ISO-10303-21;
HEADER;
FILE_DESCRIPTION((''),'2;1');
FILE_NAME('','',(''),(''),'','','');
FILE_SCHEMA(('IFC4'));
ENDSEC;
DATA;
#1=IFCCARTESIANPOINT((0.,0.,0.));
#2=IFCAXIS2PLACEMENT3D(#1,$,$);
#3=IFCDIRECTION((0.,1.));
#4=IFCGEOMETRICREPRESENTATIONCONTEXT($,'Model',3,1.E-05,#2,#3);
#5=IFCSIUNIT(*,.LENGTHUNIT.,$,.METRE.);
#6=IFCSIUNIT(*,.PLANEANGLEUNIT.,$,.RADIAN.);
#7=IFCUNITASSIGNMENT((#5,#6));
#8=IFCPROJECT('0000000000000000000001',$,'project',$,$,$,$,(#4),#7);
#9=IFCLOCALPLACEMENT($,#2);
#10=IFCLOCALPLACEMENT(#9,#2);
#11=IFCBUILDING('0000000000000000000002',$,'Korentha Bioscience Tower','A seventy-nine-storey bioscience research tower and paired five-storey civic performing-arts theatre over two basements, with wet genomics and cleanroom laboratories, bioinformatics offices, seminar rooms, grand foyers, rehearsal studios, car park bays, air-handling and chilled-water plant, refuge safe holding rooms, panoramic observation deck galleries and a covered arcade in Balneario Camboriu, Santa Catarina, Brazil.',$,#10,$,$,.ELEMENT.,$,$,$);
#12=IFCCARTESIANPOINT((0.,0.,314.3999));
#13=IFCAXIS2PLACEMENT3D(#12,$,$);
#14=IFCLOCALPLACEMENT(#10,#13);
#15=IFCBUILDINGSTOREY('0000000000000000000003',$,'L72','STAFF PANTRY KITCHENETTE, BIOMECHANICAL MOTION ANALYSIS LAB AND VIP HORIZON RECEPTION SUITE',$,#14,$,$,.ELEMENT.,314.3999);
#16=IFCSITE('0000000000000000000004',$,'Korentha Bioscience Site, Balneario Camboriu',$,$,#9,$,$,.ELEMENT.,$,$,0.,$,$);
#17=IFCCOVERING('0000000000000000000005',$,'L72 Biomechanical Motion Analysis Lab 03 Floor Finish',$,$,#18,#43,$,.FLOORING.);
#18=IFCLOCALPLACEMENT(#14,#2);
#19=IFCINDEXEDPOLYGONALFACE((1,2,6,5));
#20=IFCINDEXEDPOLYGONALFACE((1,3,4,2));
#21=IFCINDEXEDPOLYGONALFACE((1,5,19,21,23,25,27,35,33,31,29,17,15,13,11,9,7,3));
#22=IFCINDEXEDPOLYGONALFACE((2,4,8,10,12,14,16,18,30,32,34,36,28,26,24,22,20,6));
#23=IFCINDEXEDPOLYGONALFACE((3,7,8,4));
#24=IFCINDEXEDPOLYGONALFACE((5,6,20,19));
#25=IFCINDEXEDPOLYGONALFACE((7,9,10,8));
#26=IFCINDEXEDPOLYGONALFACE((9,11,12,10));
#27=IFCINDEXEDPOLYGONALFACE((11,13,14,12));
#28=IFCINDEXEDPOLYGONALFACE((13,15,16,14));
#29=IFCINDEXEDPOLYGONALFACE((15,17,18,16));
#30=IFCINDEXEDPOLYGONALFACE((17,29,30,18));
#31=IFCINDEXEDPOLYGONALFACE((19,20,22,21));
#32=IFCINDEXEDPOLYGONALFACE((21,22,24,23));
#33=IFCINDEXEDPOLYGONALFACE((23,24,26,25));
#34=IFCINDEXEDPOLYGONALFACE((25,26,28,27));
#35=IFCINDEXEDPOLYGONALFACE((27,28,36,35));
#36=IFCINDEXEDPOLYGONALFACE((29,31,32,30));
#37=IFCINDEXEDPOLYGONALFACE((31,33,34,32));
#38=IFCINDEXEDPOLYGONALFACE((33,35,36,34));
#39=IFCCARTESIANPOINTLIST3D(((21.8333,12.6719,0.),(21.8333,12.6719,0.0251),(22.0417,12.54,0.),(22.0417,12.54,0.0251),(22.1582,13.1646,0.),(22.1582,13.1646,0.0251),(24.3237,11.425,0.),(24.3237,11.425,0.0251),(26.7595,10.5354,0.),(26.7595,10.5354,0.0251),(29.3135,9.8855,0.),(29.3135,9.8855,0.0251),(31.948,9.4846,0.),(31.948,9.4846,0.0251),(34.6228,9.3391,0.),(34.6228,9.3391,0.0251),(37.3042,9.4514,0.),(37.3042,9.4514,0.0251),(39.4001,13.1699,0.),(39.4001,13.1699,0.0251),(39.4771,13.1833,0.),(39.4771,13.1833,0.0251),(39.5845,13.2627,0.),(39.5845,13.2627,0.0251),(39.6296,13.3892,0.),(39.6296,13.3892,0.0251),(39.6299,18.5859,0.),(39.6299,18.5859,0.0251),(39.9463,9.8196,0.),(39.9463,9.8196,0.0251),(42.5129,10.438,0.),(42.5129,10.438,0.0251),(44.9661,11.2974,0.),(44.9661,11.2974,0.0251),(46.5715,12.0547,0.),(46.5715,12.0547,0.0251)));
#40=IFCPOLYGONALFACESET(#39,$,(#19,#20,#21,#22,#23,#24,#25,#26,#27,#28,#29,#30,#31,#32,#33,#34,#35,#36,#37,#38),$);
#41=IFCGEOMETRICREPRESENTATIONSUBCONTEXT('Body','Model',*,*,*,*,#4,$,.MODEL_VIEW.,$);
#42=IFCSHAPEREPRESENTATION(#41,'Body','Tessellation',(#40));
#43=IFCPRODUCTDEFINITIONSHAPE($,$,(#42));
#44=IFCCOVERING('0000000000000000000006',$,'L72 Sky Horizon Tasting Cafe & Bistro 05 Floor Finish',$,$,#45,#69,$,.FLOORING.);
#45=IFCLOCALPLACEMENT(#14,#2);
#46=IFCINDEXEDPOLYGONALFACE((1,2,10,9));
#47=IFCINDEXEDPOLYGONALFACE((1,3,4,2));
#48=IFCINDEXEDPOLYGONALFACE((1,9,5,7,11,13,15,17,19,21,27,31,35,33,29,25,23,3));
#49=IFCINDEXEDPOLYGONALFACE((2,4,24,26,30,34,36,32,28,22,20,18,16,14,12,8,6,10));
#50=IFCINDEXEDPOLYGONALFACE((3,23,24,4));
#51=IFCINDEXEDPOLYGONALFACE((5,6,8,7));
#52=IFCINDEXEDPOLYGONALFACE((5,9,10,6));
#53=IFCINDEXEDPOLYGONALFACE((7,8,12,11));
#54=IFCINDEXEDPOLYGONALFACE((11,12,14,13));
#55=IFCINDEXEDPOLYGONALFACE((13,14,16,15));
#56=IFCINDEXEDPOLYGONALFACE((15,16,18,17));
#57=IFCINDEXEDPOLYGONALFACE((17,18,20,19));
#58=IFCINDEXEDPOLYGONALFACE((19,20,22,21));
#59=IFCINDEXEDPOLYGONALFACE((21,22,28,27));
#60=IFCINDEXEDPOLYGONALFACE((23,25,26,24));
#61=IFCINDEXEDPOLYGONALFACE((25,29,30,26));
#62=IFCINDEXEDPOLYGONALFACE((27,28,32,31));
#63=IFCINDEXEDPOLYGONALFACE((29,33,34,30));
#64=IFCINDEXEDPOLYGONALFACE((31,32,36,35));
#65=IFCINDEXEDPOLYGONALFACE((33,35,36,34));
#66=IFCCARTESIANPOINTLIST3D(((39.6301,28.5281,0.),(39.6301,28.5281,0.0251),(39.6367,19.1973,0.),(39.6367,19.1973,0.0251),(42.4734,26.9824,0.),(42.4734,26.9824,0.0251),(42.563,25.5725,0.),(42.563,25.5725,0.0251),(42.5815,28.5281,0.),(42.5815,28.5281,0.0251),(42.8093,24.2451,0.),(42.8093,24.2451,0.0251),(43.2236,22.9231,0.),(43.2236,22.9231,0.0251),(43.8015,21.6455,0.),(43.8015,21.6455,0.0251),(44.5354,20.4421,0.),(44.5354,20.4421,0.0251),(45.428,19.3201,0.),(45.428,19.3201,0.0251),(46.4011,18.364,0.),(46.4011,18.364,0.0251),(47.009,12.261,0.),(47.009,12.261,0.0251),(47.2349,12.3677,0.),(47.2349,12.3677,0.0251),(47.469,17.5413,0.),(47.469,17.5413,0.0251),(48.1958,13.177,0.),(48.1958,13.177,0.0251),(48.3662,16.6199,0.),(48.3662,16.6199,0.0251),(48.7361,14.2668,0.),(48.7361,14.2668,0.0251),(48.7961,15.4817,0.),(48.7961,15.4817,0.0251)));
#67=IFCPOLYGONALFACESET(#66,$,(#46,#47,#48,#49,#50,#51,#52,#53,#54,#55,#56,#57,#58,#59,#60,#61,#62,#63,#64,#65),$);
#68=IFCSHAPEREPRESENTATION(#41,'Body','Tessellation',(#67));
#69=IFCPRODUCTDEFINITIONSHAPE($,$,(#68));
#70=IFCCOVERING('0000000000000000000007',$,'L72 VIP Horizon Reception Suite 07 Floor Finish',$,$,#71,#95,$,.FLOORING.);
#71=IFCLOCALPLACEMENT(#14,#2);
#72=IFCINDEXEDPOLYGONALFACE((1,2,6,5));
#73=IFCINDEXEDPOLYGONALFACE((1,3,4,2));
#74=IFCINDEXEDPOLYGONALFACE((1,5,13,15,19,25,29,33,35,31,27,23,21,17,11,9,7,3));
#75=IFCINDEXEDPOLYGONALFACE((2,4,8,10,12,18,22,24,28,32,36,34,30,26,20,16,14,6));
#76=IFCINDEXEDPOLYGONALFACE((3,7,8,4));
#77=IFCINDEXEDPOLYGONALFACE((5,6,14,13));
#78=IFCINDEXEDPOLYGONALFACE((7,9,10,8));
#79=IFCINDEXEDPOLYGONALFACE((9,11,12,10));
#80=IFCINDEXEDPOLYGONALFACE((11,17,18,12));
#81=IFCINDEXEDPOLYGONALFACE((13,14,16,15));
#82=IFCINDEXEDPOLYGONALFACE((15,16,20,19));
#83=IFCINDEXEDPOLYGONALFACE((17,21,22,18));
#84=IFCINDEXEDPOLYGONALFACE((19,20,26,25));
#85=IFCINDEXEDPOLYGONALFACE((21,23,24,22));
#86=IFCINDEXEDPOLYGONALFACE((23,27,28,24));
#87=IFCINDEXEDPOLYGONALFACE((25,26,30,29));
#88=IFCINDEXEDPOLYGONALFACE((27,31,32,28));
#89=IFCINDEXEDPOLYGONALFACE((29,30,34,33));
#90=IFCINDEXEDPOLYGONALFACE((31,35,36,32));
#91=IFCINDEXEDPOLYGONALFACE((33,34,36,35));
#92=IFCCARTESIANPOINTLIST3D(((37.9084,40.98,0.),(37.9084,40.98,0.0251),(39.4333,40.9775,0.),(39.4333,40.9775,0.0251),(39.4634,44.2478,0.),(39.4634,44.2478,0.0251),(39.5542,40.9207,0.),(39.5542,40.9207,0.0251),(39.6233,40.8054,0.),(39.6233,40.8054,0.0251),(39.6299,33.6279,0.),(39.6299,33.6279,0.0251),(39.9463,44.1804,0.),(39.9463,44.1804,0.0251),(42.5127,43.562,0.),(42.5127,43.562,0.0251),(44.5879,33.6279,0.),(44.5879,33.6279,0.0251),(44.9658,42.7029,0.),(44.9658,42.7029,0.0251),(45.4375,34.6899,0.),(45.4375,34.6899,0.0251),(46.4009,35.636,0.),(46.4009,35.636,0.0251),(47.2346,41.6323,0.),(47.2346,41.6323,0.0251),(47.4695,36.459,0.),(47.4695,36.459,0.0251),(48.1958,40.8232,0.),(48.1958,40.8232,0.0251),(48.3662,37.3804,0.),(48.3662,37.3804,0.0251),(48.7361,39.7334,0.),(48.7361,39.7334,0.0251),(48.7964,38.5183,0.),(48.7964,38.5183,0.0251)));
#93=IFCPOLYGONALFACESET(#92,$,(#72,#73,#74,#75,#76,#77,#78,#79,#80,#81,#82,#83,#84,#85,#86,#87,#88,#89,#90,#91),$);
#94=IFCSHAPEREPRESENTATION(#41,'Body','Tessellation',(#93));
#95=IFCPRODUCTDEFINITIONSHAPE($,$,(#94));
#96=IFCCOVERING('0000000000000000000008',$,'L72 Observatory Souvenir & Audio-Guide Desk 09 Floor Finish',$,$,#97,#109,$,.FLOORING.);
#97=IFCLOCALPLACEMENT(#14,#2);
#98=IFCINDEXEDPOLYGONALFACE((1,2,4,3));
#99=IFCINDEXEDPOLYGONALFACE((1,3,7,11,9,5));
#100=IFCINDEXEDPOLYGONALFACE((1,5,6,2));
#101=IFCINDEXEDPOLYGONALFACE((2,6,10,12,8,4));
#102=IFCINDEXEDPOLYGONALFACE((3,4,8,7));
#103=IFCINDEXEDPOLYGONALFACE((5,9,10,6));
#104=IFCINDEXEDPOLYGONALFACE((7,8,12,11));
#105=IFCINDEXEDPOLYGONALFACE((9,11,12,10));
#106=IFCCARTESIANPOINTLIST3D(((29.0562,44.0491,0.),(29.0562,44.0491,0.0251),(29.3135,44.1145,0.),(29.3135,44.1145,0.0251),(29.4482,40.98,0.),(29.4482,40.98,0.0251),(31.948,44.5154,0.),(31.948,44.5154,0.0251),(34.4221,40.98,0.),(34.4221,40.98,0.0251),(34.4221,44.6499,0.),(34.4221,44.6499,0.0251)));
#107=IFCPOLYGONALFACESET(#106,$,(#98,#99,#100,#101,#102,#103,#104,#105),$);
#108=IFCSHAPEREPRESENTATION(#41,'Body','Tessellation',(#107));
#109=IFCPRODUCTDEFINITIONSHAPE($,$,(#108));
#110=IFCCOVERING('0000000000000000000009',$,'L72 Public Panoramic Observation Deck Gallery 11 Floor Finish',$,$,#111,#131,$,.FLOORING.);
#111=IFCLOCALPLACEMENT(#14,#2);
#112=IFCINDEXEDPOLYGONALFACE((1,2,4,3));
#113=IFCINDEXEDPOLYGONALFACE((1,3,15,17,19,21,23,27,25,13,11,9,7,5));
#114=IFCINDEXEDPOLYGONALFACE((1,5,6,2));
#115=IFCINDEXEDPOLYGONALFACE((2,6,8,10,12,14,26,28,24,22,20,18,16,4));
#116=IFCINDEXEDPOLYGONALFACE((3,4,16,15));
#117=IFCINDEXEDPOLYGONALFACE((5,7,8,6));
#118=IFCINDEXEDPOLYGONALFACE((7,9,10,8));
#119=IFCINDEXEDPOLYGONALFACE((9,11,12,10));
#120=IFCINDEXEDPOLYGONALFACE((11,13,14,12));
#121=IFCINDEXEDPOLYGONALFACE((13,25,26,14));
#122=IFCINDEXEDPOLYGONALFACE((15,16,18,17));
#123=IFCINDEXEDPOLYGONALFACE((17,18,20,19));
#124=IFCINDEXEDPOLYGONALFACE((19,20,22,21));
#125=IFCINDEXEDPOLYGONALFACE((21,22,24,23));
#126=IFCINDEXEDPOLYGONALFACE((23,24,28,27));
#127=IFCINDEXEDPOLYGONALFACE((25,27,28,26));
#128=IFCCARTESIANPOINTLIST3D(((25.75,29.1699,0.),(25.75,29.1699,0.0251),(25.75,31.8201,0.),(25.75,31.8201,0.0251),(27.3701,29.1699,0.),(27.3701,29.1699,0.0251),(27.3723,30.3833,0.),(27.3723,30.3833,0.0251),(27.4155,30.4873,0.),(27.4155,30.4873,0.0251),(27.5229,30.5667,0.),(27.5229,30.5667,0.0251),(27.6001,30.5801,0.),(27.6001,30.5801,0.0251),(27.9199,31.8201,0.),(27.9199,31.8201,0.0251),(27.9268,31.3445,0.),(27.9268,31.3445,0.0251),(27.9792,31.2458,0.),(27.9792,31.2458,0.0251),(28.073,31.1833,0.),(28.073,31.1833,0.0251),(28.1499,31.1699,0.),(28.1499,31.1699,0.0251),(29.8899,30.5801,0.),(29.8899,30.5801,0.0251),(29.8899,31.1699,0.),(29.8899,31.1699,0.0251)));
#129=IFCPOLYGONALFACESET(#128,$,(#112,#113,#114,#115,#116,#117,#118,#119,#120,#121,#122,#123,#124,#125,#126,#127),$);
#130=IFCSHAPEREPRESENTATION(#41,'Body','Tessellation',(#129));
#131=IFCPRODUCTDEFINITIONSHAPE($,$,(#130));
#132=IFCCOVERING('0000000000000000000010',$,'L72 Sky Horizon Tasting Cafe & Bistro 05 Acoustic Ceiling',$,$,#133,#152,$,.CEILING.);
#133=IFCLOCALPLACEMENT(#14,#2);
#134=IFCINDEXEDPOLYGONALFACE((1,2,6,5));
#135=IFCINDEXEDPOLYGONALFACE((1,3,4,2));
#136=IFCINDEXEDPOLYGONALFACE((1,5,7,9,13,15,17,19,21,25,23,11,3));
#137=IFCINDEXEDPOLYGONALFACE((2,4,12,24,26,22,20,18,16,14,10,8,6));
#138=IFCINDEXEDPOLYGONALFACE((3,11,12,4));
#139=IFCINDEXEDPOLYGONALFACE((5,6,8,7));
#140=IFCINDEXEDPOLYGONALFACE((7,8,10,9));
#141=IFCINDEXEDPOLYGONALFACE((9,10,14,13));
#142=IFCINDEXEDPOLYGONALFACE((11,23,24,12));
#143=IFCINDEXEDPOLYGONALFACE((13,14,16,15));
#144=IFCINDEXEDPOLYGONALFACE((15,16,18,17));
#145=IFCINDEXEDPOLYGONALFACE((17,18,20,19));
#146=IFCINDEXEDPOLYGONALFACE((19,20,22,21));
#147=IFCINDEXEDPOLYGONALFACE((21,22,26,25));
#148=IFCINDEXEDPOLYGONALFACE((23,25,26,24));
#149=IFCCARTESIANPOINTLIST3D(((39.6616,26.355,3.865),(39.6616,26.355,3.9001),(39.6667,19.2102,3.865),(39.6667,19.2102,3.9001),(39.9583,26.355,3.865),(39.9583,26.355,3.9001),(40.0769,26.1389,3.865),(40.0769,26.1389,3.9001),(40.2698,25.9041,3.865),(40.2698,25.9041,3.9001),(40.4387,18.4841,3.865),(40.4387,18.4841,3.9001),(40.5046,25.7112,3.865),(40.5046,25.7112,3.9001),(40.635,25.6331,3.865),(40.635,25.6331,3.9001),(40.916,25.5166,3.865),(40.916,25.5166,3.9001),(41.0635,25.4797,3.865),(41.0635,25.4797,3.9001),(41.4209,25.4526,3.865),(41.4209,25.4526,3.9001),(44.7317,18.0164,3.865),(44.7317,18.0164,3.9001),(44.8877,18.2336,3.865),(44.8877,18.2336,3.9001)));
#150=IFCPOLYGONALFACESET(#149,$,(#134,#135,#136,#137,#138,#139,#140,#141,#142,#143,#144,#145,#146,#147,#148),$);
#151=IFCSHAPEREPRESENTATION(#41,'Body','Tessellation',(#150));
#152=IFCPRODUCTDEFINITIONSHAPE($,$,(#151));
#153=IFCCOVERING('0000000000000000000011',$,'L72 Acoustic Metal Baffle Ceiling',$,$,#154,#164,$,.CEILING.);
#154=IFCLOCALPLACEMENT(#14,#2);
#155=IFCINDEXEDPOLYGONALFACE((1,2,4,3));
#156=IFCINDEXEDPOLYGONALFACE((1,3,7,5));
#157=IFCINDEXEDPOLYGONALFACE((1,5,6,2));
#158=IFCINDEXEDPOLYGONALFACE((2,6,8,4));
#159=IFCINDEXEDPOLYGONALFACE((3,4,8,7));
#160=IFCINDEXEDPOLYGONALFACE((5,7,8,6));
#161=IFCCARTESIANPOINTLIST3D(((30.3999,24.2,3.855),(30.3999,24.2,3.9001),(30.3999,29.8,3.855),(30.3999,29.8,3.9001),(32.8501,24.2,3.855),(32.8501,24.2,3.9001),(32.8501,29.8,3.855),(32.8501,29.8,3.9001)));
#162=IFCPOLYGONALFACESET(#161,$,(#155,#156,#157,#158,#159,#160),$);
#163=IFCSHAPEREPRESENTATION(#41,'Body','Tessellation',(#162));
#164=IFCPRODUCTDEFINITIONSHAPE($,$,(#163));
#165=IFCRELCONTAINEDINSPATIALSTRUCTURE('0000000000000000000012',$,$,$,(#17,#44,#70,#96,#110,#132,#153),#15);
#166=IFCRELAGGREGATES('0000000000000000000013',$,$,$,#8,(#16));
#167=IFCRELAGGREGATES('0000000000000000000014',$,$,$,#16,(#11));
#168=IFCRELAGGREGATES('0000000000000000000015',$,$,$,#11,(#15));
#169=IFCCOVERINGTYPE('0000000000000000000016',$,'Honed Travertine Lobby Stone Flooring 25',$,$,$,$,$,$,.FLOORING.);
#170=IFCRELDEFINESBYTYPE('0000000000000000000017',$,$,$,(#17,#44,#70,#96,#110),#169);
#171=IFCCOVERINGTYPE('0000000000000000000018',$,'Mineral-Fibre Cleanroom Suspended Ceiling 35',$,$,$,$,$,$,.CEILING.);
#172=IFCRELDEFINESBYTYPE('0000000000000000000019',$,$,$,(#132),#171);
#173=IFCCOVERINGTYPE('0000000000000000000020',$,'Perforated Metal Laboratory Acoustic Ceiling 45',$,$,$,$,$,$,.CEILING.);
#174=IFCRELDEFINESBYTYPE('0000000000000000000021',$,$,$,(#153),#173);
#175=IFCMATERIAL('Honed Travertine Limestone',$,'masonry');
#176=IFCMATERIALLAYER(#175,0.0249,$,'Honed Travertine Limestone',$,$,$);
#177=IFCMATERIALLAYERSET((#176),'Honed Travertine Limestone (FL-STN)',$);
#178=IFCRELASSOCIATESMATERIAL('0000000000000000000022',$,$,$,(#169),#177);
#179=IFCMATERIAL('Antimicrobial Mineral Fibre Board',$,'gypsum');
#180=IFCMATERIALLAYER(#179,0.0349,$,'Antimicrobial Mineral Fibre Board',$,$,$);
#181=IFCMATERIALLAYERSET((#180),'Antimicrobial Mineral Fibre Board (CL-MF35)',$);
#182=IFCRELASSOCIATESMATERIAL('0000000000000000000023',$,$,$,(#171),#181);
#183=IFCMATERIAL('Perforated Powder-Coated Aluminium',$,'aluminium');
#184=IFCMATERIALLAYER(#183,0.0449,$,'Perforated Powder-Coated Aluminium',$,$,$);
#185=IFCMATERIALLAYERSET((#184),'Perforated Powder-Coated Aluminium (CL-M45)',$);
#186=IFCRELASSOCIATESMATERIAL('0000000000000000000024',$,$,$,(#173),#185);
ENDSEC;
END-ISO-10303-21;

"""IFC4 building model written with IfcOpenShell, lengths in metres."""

from ifc_helpers import new_model, si_unit, direction, frame, origin, place, context, subcontext, project, spatial, polyline, outline, extrude, material, layer, layer_set, type_object, element, save


model = new_model("IFC4")

# Units and contexts
model_context = context("Model", 3, precision=1e-05, world=origin(), true_north=direction((0.0, 1.0)))
body_context = subcontext(model_context, "Body", "Model", "MODEL_VIEW")
ifc_project = project(units=[si_unit("LENGTHUNIT", "METRE"), si_unit("PLANEANGLEUNIT", "RADIAN")], contexts=[model_context])

# Site, building, storey
site_placement = place(None, origin())
site = spatial("IfcSite", under=ifc_project, at=site_placement, Name="Korentha Bioscience Site, Balneario Camboriu", CompositionType="ELEMENT", RefElevation=0.0)
building_placement = place(site_placement, origin())
building = spatial("IfcBuilding", under=site, at=building_placement, Name="Korentha Bioscience Tower", Description="A seventy-nine-storey bioscience research tower and paired five-storey civic performing-arts theatre over two basements, with wet genomics and cleanroom laboratories, bioinformatics offices, seminar rooms, grand foyers, rehearsal studios, car park bays, air-handling and chilled-water plant, refuge safe holding rooms, panoramic observation deck galleries and a covered arcade in Balneario Camboriu, Santa Catarina, Brazil.", CompositionType="ELEMENT")
storey_placement = place(building_placement, frame((0.0, 0.0, 314.3999)))
storey = spatial("IfcBuildingStorey", under=building, at=storey_placement, Name="L72", Description="STAFF PANTRY KITCHENETTE, BIOMECHANICAL MOTION ANALYSIS LAB AND VIP HORIZON RECEPTION SUITE", CompositionType="ELEMENT", Elevation=314.3999)

# Coverings
ifc_material_1 = material(Name="Honed Travertine Limestone", Category="masonry")
ifc_layer_1 = layer(ifc_material_1, 0.0249, Name="Honed Travertine Limestone")
ifc_layer_set_1 = layer_set([ifc_layer_1], Name="Honed Travertine Limestone (FL-STN)")
covering_type_1 = type_object("IfcCoveringType", Name="Honed Travertine Lobby Stone Flooring 25", PredefinedType="FLOORING", material=ifc_layer_set_1)
covering_1_placement = place(storey_placement, origin())
element("IfcCovering", 1, at=covering_1_placement, inside=storey, type_object=covering_type_1, Name="L72 Biomechanical Motion Analysis Lab 03 Floor Finish", PredefinedType="FLOORING", context=body_context, shape_type="SweptSolid", body=[
    extrude(outline(polyline([(34.6228, 9.3391), (31.948, 9.4846), (29.3135, 9.8855), (26.7595, 10.5354), (24.3237, 11.425), (22.0417, 12.54), (21.8333, 12.6719), (22.1582, 13.1646), (39.4001, 13.1699), (39.4771, 13.1833), (39.5845, 13.2627), (39.6296, 13.3892), (39.6299, 18.5859), (46.5715, 12.0547), (44.9661, 11.2974), (42.5129, 10.438), (39.9463, 9.8196), (37.3042, 9.4514), (34.6228, 9.3391)])), origin(), (0.0, 0.0, 1.0), 0.0251),
])
covering_2_placement = place(storey_placement, origin())
element("IfcCovering", 2, at=covering_2_placement, inside=storey, type_object=covering_type_1, Name="L72 Sky Horizon Tasting Cafe & Bistro 05 Floor Finish", PredefinedType="FLOORING", context=body_context, shape_type="SweptSolid", body=[
    extrude(outline(polyline([(42.5815, 28.5281), (42.4734, 26.9824), (42.563, 25.5725), (42.8093, 24.2451), (43.2236, 22.9231), (43.8015, 21.6455), (44.5354, 20.4421), (45.428, 19.3201), (46.4011, 18.364), (47.469, 17.5413), (48.3662, 16.6199), (48.7961, 15.4817), (48.7361, 14.2668), (48.1958, 13.177), (47.2349, 12.3677), (47.009, 12.261), (39.6367, 19.1973), (39.6301, 28.5281), (42.5815, 28.5281)])), origin(), (0.0, 0.0, 1.0), 0.0251),
])
covering_3_placement = place(storey_placement, origin())
element("IfcCovering", 3, at=covering_3_placement, inside=storey, type_object=covering_type_1, Name="L72 VIP Horizon Reception Suite 07 Floor Finish", PredefinedType="FLOORING", context=body_context, shape_type="SweptSolid", body=[
    extrude(outline(polyline([(39.9463, 44.1804), (42.5127, 43.562), (44.9658, 42.7029), (47.2346, 41.6323), (48.1958, 40.8232), (48.7361, 39.7334), (48.7964, 38.5183), (48.3662, 37.3804), (47.4695, 36.459), (46.4009, 35.636), (45.4375, 34.6899), (44.5879, 33.6279), (39.6299, 33.6279), (39.6233, 40.8054), (39.5542, 40.9207), (39.4333, 40.9775), (37.9084, 40.98), (39.4634, 44.2478), (39.9463, 44.1804)])), origin(), (0.0, 0.0, 1.0), 0.0251),
])
covering_4_placement = place(storey_placement, origin())
element("IfcCovering", 4, at=covering_4_placement, inside=storey, type_object=covering_type_1, Name="L72 Observatory Souvenir & Audio-Guide Desk 09 Floor Finish", PredefinedType="FLOORING", context=body_context, shape_type="SweptSolid", body=[
    extrude(outline(polyline([(34.4221, 44.6499), (34.4221, 40.98), (29.4482, 40.98), (29.0562, 44.0491), (29.3135, 44.1145), (31.948, 44.5154), (34.4221, 44.6499)])), origin(), (0.0, 0.0, 1.0), 0.0251),
])
covering_5_placement = place(storey_placement, origin())
element("IfcCovering", 5, at=covering_5_placement, inside=storey, type_object=covering_type_1, Name="L72 Public Panoramic Observation Deck Gallery 11 Floor Finish", PredefinedType="FLOORING", context=body_context, shape_type="SweptSolid", body=[
    extrude(outline(polyline([(25.75, 31.8201), (27.9199, 31.8201), (27.9268, 31.3445), (27.9792, 31.2458), (28.073, 31.1833), (28.1499, 31.1699), (29.8899, 31.1699), (29.8899, 30.5801), (27.6001, 30.5801), (27.5229, 30.5667), (27.4155, 30.4873), (27.3723, 30.3833), (27.3701, 29.1699), (25.75, 29.1699), (25.75, 31.8201)])), origin(), (0.0, 0.0, 1.0), 0.0251),
])
ifc_material_2 = material(Name="Antimicrobial Mineral Fibre Board", Category="gypsum")
ifc_layer_2 = layer(ifc_material_2, 0.0349, Name="Antimicrobial Mineral Fibre Board")
ifc_layer_set_2 = layer_set([ifc_layer_2], Name="Antimicrobial Mineral Fibre Board (CL-MF35)")
covering_type_2 = type_object("IfcCoveringType", Name="Mineral-Fibre Cleanroom Suspended Ceiling 35", PredefinedType="CEILING", material=ifc_layer_set_2)
covering_6_placement = place(storey_placement, frame((0.0, 0.0, 3.865)))
element("IfcCovering", 6, at=covering_6_placement, inside=storey, type_object=covering_type_2, Name="L72 Sky Horizon Tasting Cafe & Bistro 05 Acoustic Ceiling", PredefinedType="CEILING", context=body_context, shape_type="SweptSolid", body=[
    extrude(outline(polyline([(39.6616, 26.355), (39.9583, 26.355), (40.0769, 26.1389), (40.2698, 25.9041), (40.5046, 25.7112), (40.635, 25.6331), (40.916, 25.5166), (41.0635, 25.4797), (41.4209, 25.4526), (44.8877, 18.2336), (44.7317, 18.0164), (40.4387, 18.4841), (39.6667, 19.2102), (39.6616, 26.355)])), origin(), (0.0, 0.0, 1.0), 0.0352),
])
ifc_material_3 = material(Name="Perforated Powder-Coated Aluminium", Category="aluminium")
ifc_layer_3 = layer(ifc_material_3, 0.0449, Name="Perforated Powder-Coated Aluminium")
ifc_layer_set_3 = layer_set([ifc_layer_3], Name="Perforated Powder-Coated Aluminium (CL-M45)")
covering_type_3 = type_object("IfcCoveringType", Name="Perforated Metal Laboratory Acoustic Ceiling 45", PredefinedType="CEILING", material=ifc_layer_set_3)
covering_7_placement = place(storey_placement, frame((0.0, 0.0, 3.855)))
element("IfcCovering", 7, at=covering_7_placement, inside=storey, type_object=covering_type_3, Name="L72 Acoustic Metal Baffle Ceiling", PredefinedType="CEILING", context=body_context, shape_type="SweptSolid", body=[
    extrude(outline(polyline([(30.3999, 24.2), (32.8501, 24.2), (32.8501, 29.8), (30.3999, 29.8), (30.3999, 24.2)])), origin(), (0.0, 0.0, 1.0), 0.0452),
])

save(model, "model.ifc")
